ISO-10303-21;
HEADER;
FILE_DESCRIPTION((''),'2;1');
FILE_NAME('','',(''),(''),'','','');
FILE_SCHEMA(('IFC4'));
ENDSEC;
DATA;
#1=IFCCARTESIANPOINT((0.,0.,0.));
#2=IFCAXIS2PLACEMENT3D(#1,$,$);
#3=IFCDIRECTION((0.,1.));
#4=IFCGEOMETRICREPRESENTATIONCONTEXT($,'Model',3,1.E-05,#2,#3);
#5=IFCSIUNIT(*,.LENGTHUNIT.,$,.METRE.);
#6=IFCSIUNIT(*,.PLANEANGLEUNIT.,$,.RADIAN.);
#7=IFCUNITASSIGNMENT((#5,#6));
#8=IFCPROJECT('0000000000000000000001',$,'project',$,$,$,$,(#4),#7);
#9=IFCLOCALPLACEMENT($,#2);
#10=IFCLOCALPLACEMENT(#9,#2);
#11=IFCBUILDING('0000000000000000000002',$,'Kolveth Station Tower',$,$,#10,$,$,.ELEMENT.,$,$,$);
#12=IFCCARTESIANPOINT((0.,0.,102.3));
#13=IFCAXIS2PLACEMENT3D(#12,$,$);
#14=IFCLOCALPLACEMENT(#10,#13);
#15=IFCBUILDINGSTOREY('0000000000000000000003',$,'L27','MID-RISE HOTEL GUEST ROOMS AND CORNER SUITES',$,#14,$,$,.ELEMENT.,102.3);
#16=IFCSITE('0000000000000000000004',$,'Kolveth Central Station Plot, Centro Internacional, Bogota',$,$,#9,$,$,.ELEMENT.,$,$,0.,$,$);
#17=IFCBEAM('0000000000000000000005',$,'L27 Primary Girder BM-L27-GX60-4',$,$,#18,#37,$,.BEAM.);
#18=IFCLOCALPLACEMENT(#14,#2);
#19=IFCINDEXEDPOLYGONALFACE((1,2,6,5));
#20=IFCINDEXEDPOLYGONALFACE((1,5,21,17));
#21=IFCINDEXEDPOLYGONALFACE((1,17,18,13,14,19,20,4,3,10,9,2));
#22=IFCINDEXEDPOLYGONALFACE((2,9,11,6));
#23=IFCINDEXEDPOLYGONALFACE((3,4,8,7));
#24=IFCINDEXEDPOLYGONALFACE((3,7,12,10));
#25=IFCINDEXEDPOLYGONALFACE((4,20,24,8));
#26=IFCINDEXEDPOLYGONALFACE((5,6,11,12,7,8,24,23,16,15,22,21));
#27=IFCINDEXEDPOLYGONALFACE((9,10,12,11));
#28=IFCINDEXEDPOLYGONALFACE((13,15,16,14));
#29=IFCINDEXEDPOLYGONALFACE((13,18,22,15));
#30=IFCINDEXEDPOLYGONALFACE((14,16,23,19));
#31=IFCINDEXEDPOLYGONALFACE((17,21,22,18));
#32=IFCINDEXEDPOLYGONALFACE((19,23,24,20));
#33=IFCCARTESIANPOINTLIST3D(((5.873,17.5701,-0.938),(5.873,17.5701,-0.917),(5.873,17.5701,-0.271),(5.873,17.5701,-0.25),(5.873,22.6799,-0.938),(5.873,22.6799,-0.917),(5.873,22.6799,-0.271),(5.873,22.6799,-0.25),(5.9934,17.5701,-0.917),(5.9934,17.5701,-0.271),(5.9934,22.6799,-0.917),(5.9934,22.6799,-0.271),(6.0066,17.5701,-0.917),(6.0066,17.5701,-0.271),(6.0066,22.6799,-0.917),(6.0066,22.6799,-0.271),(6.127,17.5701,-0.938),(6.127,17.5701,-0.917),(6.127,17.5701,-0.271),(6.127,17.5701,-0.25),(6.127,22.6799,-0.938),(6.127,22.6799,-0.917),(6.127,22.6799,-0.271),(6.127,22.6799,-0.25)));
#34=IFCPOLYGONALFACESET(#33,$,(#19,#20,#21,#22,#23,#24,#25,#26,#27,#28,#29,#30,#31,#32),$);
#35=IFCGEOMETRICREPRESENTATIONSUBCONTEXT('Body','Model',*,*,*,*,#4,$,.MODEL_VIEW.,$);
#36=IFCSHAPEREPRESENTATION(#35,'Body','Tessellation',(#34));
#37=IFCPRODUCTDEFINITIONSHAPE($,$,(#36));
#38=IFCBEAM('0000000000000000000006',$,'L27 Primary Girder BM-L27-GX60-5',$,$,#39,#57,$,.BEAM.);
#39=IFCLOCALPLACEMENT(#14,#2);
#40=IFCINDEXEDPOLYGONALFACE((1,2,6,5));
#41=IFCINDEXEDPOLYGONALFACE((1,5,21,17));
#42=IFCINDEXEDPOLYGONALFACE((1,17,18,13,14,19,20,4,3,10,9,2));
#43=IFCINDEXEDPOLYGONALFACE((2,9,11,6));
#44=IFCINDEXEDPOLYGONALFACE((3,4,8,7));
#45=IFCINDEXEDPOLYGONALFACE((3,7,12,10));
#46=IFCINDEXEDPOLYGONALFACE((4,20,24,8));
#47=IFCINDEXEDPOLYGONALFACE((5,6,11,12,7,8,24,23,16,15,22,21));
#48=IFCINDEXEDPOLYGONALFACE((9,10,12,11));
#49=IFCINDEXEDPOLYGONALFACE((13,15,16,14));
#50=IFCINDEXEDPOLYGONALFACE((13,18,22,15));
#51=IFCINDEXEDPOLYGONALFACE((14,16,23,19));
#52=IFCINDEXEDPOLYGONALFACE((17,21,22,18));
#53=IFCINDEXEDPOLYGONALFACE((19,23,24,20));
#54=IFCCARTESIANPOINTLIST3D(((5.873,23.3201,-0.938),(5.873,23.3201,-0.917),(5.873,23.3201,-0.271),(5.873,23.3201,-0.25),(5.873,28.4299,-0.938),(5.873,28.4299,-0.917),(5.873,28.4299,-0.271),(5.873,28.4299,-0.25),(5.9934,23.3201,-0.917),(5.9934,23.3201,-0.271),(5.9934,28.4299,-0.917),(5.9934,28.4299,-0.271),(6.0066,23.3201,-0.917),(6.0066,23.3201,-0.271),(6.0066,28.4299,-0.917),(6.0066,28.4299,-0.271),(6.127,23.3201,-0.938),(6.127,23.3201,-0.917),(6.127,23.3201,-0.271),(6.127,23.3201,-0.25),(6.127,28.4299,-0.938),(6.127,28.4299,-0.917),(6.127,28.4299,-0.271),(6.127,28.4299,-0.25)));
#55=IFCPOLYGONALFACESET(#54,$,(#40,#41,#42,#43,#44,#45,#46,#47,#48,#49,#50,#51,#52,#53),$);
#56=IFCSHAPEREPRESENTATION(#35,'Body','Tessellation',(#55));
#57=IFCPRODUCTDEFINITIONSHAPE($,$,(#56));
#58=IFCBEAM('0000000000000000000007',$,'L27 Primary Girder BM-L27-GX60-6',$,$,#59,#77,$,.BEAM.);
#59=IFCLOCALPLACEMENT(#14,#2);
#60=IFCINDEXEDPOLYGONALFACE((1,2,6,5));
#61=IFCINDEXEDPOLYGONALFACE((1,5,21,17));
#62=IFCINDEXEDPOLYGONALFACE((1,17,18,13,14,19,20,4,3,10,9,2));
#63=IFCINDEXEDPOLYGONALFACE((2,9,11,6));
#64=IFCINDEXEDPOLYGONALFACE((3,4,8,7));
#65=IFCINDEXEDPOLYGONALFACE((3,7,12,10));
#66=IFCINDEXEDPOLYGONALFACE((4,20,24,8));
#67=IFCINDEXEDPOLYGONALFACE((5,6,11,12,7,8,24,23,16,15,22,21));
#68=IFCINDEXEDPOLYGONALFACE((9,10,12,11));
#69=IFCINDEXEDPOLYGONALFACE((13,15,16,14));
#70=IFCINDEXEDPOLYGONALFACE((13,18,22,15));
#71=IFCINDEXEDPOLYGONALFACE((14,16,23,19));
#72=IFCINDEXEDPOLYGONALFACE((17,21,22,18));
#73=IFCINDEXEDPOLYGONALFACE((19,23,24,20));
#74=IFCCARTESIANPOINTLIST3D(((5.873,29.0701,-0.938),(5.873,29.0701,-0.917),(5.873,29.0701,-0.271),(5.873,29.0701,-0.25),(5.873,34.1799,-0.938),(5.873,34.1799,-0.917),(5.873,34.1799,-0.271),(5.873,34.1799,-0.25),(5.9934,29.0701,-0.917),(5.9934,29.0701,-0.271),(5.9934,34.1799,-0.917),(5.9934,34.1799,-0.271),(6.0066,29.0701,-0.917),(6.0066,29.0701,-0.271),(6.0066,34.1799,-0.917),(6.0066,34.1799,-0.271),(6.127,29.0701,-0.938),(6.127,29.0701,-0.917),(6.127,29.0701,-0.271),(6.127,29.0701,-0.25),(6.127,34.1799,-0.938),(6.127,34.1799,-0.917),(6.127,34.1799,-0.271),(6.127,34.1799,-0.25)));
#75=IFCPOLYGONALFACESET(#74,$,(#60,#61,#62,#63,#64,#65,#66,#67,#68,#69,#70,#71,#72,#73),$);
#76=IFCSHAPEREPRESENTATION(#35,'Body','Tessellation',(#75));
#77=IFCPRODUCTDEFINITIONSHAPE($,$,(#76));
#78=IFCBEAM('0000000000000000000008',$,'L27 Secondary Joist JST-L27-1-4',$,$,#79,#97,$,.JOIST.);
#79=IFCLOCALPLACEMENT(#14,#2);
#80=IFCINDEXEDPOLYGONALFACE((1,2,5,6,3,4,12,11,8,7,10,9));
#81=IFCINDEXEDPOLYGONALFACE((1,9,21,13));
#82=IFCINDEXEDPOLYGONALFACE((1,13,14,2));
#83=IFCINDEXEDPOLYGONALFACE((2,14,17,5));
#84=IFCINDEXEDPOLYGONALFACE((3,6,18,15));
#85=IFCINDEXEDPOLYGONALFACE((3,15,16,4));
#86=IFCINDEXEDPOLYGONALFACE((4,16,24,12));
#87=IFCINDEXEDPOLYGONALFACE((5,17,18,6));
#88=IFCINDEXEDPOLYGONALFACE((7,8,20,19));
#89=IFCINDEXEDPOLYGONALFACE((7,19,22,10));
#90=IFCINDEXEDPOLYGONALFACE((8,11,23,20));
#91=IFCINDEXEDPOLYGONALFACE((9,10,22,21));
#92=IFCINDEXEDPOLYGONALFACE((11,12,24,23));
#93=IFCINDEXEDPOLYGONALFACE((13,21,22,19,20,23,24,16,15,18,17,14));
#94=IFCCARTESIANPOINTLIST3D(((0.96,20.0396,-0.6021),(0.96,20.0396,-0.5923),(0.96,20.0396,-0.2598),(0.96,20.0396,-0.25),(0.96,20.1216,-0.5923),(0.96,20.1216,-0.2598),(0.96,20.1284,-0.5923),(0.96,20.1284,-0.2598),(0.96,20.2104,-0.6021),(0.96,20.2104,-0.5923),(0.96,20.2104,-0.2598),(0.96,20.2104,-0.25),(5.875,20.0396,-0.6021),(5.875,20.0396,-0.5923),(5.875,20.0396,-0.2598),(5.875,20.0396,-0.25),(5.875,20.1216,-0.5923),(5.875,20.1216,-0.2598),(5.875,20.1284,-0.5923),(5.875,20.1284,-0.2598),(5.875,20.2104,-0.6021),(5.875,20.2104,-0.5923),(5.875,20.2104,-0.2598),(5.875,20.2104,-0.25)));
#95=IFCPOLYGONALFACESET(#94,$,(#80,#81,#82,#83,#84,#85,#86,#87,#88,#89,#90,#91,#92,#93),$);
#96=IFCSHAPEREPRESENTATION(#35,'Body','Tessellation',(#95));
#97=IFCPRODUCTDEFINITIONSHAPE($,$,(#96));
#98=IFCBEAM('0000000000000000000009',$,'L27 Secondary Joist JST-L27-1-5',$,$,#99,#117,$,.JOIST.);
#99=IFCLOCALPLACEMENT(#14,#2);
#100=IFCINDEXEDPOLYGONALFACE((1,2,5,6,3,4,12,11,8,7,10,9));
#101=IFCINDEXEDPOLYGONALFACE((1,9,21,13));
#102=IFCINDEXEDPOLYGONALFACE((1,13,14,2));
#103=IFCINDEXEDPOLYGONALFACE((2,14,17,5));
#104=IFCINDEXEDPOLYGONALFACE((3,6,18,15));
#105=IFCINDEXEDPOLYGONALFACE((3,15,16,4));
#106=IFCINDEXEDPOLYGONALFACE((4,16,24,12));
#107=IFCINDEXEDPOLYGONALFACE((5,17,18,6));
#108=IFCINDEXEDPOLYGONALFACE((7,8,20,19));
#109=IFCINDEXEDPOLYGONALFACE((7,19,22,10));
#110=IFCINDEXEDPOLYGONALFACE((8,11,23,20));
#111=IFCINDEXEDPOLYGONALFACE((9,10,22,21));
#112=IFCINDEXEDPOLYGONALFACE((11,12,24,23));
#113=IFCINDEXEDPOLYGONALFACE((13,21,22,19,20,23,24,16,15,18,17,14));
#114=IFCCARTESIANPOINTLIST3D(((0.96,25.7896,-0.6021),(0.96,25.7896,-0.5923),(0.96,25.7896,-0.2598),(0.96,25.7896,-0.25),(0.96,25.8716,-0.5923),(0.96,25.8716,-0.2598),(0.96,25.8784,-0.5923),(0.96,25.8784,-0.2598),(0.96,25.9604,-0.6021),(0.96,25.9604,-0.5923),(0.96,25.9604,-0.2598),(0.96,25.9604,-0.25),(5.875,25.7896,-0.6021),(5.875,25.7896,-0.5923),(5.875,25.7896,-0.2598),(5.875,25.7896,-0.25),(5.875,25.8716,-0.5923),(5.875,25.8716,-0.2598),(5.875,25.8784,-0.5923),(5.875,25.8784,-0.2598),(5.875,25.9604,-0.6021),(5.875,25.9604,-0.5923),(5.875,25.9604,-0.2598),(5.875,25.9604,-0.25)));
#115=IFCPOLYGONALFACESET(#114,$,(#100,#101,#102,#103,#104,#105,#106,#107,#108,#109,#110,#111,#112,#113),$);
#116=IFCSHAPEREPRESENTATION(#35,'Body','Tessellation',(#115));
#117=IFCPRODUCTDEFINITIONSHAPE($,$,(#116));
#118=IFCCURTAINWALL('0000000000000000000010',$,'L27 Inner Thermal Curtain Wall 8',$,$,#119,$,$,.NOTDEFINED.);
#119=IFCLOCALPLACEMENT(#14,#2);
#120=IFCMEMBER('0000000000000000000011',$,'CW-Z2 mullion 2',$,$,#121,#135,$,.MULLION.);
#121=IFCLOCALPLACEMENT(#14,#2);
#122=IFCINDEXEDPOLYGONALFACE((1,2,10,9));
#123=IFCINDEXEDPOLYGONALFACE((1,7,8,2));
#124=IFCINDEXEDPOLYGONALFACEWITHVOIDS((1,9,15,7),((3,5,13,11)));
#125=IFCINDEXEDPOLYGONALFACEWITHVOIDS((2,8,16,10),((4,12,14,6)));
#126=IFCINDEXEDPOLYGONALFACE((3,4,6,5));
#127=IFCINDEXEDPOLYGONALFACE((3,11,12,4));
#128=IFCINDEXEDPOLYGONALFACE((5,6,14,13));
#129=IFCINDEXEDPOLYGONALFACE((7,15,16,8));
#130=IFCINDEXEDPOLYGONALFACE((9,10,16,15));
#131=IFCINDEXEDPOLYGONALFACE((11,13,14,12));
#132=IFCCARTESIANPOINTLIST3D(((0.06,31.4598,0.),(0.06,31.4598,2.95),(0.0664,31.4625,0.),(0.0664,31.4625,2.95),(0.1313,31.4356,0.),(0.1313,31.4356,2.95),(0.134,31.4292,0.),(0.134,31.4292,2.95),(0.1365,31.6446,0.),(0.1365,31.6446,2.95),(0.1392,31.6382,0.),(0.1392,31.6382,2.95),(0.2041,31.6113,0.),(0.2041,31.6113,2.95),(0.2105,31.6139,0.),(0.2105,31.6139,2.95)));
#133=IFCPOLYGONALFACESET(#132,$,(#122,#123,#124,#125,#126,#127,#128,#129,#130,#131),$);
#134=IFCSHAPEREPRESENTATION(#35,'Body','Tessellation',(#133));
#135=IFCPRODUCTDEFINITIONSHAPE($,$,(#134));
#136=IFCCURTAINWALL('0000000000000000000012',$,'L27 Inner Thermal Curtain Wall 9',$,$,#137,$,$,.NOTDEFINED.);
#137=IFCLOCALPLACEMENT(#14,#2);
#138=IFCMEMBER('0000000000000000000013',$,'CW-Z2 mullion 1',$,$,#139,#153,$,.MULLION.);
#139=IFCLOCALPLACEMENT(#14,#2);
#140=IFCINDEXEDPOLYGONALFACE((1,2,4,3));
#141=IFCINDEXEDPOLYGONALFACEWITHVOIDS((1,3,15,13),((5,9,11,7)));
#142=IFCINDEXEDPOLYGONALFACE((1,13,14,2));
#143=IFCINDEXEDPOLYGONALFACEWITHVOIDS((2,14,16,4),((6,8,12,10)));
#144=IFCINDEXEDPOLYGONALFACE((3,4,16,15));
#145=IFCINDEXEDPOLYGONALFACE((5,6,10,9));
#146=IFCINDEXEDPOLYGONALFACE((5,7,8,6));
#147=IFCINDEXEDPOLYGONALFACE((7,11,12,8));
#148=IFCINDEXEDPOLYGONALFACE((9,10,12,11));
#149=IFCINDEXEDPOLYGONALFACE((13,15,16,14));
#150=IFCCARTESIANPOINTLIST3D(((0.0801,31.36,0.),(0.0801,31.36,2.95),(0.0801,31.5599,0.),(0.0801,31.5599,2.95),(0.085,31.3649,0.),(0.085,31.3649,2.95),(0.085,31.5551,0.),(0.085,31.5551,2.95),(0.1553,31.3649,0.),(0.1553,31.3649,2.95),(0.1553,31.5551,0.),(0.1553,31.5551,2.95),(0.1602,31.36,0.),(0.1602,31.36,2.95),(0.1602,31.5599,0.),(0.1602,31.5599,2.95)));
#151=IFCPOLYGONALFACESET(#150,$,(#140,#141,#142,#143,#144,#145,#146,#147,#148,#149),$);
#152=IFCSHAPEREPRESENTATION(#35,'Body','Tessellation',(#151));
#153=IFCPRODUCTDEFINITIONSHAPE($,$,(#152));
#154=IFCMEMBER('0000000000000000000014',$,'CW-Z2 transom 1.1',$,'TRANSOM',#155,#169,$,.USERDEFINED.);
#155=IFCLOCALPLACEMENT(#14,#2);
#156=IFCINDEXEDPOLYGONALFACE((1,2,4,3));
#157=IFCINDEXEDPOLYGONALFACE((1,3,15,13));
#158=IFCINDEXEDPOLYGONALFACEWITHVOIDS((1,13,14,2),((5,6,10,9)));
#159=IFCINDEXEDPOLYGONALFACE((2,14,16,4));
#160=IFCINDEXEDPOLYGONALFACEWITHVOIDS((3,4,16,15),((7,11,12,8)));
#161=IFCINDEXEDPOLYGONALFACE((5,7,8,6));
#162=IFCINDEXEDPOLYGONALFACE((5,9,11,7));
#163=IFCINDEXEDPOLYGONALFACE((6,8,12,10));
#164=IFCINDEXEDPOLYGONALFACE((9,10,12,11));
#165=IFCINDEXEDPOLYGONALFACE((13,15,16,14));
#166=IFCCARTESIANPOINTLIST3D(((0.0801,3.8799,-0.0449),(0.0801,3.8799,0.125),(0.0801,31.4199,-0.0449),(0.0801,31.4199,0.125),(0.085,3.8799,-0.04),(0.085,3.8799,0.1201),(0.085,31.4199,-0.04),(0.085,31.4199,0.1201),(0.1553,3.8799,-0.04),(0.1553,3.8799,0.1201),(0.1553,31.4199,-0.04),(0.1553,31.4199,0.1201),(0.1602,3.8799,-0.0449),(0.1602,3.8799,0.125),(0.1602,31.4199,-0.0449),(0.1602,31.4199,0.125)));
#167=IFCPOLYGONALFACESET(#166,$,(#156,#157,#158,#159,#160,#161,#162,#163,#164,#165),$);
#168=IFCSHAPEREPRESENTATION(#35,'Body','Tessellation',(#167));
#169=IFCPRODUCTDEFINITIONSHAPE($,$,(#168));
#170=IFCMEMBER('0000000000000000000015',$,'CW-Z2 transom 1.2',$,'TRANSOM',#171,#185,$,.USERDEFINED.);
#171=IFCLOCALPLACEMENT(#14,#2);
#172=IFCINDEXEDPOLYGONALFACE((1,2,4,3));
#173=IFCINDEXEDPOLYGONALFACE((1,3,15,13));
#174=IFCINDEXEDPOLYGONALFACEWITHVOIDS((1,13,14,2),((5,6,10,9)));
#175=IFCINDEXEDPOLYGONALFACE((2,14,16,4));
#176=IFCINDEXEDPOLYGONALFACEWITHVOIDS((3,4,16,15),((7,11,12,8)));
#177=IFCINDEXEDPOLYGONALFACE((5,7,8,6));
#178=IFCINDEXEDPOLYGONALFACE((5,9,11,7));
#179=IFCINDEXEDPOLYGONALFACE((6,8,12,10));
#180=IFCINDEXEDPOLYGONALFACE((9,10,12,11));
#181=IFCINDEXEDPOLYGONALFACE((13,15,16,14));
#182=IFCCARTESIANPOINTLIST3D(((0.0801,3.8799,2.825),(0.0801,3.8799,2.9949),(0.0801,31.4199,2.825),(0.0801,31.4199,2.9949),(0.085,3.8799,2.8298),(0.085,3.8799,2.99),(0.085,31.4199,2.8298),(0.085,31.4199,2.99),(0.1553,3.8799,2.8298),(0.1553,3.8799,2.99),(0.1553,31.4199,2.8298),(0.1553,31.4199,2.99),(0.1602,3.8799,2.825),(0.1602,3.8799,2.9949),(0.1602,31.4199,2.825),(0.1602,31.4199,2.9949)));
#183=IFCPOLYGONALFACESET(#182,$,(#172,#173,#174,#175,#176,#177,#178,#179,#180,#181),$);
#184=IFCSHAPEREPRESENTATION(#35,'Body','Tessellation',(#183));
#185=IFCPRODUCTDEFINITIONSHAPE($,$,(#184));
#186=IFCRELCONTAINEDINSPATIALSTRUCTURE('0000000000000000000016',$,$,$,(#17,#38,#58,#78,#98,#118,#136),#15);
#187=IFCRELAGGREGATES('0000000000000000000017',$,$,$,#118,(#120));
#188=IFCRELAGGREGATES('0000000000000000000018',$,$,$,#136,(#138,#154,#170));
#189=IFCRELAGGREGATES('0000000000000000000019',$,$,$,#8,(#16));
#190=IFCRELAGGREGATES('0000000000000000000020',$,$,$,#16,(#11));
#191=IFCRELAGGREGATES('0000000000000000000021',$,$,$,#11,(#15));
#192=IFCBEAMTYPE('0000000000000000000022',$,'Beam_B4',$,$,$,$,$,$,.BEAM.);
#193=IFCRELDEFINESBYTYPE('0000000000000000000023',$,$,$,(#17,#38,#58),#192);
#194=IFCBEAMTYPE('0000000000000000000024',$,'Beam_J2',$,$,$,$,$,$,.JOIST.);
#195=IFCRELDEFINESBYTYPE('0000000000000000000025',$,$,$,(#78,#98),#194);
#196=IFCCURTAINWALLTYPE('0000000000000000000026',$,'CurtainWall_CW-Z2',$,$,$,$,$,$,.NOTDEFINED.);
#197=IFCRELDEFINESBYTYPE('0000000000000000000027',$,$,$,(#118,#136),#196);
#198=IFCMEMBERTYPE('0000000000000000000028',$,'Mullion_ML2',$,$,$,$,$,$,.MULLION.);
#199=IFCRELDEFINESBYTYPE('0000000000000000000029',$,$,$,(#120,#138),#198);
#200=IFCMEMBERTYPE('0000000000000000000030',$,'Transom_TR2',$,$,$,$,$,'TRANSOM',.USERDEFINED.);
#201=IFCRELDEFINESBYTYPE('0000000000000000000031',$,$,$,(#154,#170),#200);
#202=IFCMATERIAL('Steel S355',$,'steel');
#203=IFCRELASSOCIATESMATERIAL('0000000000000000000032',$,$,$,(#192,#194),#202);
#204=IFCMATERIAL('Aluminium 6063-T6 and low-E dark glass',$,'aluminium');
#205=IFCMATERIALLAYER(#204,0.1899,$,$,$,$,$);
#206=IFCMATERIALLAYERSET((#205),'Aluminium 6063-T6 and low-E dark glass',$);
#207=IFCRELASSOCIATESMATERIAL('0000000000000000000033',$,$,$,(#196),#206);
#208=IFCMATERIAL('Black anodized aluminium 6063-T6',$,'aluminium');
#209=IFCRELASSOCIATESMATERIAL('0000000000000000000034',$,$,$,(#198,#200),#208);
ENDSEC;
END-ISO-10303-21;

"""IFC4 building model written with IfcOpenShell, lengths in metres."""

from ifc_helpers import new_model, si_unit, direction, frame, origin, origin_2d, place, context, subcontext, project, spatial, hollow_rectangle, i_section, extrude, source, transform, mapped, material, layer, layer_set, material_profile, profile_set, type_object, element, aggregate, save


model = new_model("IFC4")

# Units and contexts
model_context = context("Model", 3, precision=1e-05, world=origin(), true_north=direction((0.0, 1.0)))
body_context = subcontext(model_context, "Body", "Model", "MODEL_VIEW")
ifc_project = project(units=[si_unit("LENGTHUNIT", "METRE"), si_unit("PLANEANGLEUNIT", "RADIAN")], contexts=[model_context])

# Site, building, storey
site_placement = place(None, origin())
site = spatial("IfcSite", under=ifc_project, at=site_placement, Name="Kolveth Central Station Plot, Centro Internacional, Bogota", CompositionType="ELEMENT", RefElevation=0.0)
building_placement = place(site_placement, origin())
building = spatial("IfcBuilding", under=site, at=building_placement, Name="Kolveth Station Tower", CompositionType="ELEMENT")
storey_placement = place(building_placement, frame((0.0, 0.0, 102.3)))
storey = spatial("IfcBuildingStorey", under=building, at=storey_placement, Name="L27", Description="MID-RISE HOTEL GUEST ROOMS AND CORNER SUITES", CompositionType="ELEMENT", Elevation=102.3)

# Beams
ifc_material_1 = material(Name="Steel S355", Category="steel")
ifc_material_profile_1 = material_profile(ifc_material_1, i_section(OverallWidth=0.2539, OverallDepth=0.688, WebThickness=0.0132, FlangeThickness=0.021, at=origin_2d()), Name="W690x152")
ifc_profile_set_1 = profile_set([ifc_material_profile_1], Name="Steel S355")
beam_type_1 = type_object("IfcBeamType", Name="Beam_B4", PredefinedType="BEAM", material=ifc_profile_set_1)
shared_shape_1 = source(origin(), body_context, "Body", "SweptSolid", [
    extrude(i_section(OverallWidth=0.2539, OverallDepth=0.688, WebThickness=0.0132, FlangeThickness=0.021, at=origin_2d()), origin(), (0.0, 0.0, 1.0), 5.1099),
])
for number, where, z_axis, x_axis, name in (
    (1, (6.0, 17.5701, -0.594), (0.0, 1.0, 0.0), (-1.0, 0.0, 0.0), "L27 Primary Girder BM-L27-GX60-4"),
    (2, (6.0, 23.3201, -0.594), (0.0, 1.0, 0.0), (-1.0, 0.0, 0.0), "L27 Primary Girder BM-L27-GX60-5"),
    (3, (6.0, 29.0701, -0.594), (0.0, 1.0, 0.0), (-1.0, 0.0, 0.0), "L27 Primary Girder BM-L27-GX60-6"),
):
    element("IfcBeam", number, at=place(storey_placement, frame(where, z_axis=z_axis, x_axis=x_axis)), inside=storey, type_object=beam_type_1, Name=name, PredefinedType="BEAM", context=body_context, shape_type="MappedRepresentation", body=[
        mapped(shared_shape_1, transform((0.0, 0.0, 0.0), x_axis=(1.0, 0.0, 0.0), y_axis=(0.0, 1.0, 0.0), z_axis=(0.0, 0.0, 1.0), scale=1.0)),
    ])
ifc_material_profile_2 = material_profile(ifc_material_1, i_section(OverallWidth=0.1709, OverallDepth=0.3521, WebThickness=0.0068, FlangeThickness=0.0098, at=origin_2d()), Name="W360x44")
ifc_profile_set_2 = profile_set([ifc_material_profile_2], Name="Steel S355")
beam_type_2 = type_object("IfcBeamType", Name="Beam_J2", PredefinedType="JOIST", material=ifc_profile_set_2)
shared_shape_2 = source(origin(), body_context, "Body", "SweptSolid", [
    extrude(i_section(OverallWidth=0.1709, OverallDepth=0.3521, WebThickness=0.0068, FlangeThickness=0.0098, at=origin_2d()), origin(), (0.0, 0.0, 1.0), 4.915),
])
for number, where, z_axis, x_axis, name in (
    (4, (0.96, 20.125, -0.426), (1.0, 0.0, 0.0), (0.0, 1.0, 0.0), "L27 Secondary Joist JST-L27-1-4"),
    (5, (0.96, 25.875, -0.426), (1.0, 0.0, 0.0), (0.0, 1.0, 0.0), "L27 Secondary Joist JST-L27-1-5"),
):
    element("IfcBeam", number, at=place(storey_placement, frame(where, z_axis=z_axis, x_axis=x_axis)), inside=storey, type_object=beam_type_2, Name=name, PredefinedType="JOIST", context=body_context, shape_type="MappedRepresentation", body=[
        mapped(shared_shape_2, transform((0.0, 0.0, 0.0), x_axis=(1.0, 0.0, 0.0), y_axis=(0.0, 1.0, 0.0), z_axis=(0.0, 0.0, 1.0), scale=1.0)),
    ])

# Curtain wall, member
ifc_material_2 = material(Name="Aluminium 6063-T6 and low-E dark glass", Category="aluminium")
ifc_layer_1 = layer(ifc_material_2, 0.1899)
ifc_layer_set_1 = layer_set([ifc_layer_1], Name="Aluminium 6063-T6 and low-E dark glass")
curtain_wall_type_1 = type_object("IfcCurtainWallType", Name="CurtainWall_CW-Z2", PredefinedType="NOTDEFINED", material=ifc_layer_set_1)
curtain_wall_1_placement = place(storey_placement, origin())
curtain_wall_1 = element("IfcCurtainWall", 6, at=curtain_wall_1_placement, inside=storey, type_object=curtain_wall_type_1, Name="L27 Inner Thermal Curtain Wall 8", PredefinedType="NOTDEFINED")
ifc_material_3 = material(Name="Black anodized aluminium 6063-T6", Category="aluminium")
ifc_material_profile_3 = material_profile(ifc_material_3, hollow_rectangle(XDim=0.0801, YDim=0.2, WallThickness=0.0049, at=origin_2d()), Name="ALU-80x200x5")
ifc_profile_set_3 = profile_set([ifc_material_profile_3], Name="Black anodized aluminium 6063-T6")
member_type_1 = type_object("IfcMemberType", Name="Mullion_ML2", PredefinedType="MULLION", material=ifc_profile_set_3)
shared_shape_3 = source(origin(), body_context, "Body", "SweptSolid", [
    extrude(hollow_rectangle(XDim=0.0801, YDim=0.2, WallThickness=0.0049, at=origin_2d()), origin(), (0.0, 0.0, 1.0), 2.95),
])
member_1_placement = place(storey_placement, frame((0.1353, 31.5369, 0.0), z_axis=(0.0, 0.0, 1.0), x_axis=(0.923888, -0.382663, 0.0)))
member_1 = element("IfcMember", 7, at=member_1_placement, type_object=member_type_1, Name="CW-Z2 mullion 2", PredefinedType="MULLION", context=body_context, shape_type="MappedRepresentation", body=[
    mapped(shared_shape_3, transform((0.0, 0.0, 0.0), x_axis=(1.0, 0.0, 0.0), y_axis=(0.0, 1.0, 0.0), z_axis=(0.0, 0.0, 1.0), scale=1.0)),
])
aggregate(curtain_wall_1, [member_1])

# Curtain wall, members
curtain_wall_2_placement = place(storey_placement, origin())
curtain_wall_2 = element("IfcCurtainWall", 8, at=curtain_wall_2_placement, inside=storey, type_object=curtain_wall_type_1, Name="L27 Inner Thermal Curtain Wall 9", PredefinedType="NOTDEFINED")
member_2_placement = place(storey_placement, frame((0.1201, 31.46, 0.0), z_axis=(0.0, 0.0, 1.0), x_axis=(1.0, 0.0, 0.0)))
member_2 = element("IfcMember", 9, at=member_2_placement, type_object=member_type_1, Name="CW-Z2 mullion 1", PredefinedType="MULLION", context=body_context, shape_type="MappedRepresentation", body=[
    mapped(shared_shape_3, transform((0.0, 0.0, 0.0), x_axis=(1.0, 0.0, 0.0), y_axis=(0.0, 1.0, 0.0), z_axis=(0.0, 0.0, 1.0), scale=1.0)),
])
ifc_material_profile_4 = material_profile(ifc_material_3, hollow_rectangle(XDim=0.0801, YDim=0.1699, WallThickness=0.0049, at=origin_2d()), Name="ALU-80x170x5")
ifc_profile_set_4 = profile_set([ifc_material_profile_4], Name="Black anodized aluminium 6063-T6")
member_type_2 = type_object("IfcMemberType", Name="Transom_TR2", ElementType="TRANSOM", PredefinedType="USERDEFINED", material=ifc_profile_set_4)
shared_shape_4 = source(origin(), body_context, "Body", "SweptSolid", [
    extrude(hollow_rectangle(XDim=0.0801, YDim=0.1699, WallThickness=0.0049, at=origin_2d()), origin(), (0.0, 0.0, 1.0), 27.54),
])
member_3_placement = place(storey_placement, frame((0.1201, 31.4199, 0.04), z_axis=(0.0, -1.0, 0.0), x_axis=(1.0, 0.0, 0.0)))
member_3 = element("IfcMember", 10, at=member_3_placement, type_object=member_type_2, Name="CW-Z2 transom 1.1", ObjectType="TRANSOM", PredefinedType="USERDEFINED", context=body_context, shape_type="MappedRepresentation", body=[
    mapped(shared_shape_4, transform((0.0, 0.0, 0.0), x_axis=(1.0, 0.0, 0.0), y_axis=(0.0, 1.0, 0.0), z_axis=(0.0, 0.0, 1.0), scale=1.0)),
])
member_4_placement = place(storey_placement, frame((0.1201, 31.4199, 2.9099), z_axis=(0.0, -1.0, 0.0), x_axis=(1.0, 0.0, 0.0)))
member_4 = element("IfcMember", 11, at=member_4_placement, type_object=member_type_2, Name="CW-Z2 transom 1.2", ObjectType="TRANSOM", PredefinedType="USERDEFINED", context=body_context, shape_type="MappedRepresentation", body=[
    mapped(shared_shape_4, transform((0.0, 0.0, 0.0), x_axis=(1.0, 0.0, 0.0), y_axis=(0.0, 1.0, 0.0), z_axis=(0.0, 0.0, 1.0), scale=1.0)),
])
aggregate(curtain_wall_2, [member_2, member_3, member_4])

save(model, "model.ifc")
